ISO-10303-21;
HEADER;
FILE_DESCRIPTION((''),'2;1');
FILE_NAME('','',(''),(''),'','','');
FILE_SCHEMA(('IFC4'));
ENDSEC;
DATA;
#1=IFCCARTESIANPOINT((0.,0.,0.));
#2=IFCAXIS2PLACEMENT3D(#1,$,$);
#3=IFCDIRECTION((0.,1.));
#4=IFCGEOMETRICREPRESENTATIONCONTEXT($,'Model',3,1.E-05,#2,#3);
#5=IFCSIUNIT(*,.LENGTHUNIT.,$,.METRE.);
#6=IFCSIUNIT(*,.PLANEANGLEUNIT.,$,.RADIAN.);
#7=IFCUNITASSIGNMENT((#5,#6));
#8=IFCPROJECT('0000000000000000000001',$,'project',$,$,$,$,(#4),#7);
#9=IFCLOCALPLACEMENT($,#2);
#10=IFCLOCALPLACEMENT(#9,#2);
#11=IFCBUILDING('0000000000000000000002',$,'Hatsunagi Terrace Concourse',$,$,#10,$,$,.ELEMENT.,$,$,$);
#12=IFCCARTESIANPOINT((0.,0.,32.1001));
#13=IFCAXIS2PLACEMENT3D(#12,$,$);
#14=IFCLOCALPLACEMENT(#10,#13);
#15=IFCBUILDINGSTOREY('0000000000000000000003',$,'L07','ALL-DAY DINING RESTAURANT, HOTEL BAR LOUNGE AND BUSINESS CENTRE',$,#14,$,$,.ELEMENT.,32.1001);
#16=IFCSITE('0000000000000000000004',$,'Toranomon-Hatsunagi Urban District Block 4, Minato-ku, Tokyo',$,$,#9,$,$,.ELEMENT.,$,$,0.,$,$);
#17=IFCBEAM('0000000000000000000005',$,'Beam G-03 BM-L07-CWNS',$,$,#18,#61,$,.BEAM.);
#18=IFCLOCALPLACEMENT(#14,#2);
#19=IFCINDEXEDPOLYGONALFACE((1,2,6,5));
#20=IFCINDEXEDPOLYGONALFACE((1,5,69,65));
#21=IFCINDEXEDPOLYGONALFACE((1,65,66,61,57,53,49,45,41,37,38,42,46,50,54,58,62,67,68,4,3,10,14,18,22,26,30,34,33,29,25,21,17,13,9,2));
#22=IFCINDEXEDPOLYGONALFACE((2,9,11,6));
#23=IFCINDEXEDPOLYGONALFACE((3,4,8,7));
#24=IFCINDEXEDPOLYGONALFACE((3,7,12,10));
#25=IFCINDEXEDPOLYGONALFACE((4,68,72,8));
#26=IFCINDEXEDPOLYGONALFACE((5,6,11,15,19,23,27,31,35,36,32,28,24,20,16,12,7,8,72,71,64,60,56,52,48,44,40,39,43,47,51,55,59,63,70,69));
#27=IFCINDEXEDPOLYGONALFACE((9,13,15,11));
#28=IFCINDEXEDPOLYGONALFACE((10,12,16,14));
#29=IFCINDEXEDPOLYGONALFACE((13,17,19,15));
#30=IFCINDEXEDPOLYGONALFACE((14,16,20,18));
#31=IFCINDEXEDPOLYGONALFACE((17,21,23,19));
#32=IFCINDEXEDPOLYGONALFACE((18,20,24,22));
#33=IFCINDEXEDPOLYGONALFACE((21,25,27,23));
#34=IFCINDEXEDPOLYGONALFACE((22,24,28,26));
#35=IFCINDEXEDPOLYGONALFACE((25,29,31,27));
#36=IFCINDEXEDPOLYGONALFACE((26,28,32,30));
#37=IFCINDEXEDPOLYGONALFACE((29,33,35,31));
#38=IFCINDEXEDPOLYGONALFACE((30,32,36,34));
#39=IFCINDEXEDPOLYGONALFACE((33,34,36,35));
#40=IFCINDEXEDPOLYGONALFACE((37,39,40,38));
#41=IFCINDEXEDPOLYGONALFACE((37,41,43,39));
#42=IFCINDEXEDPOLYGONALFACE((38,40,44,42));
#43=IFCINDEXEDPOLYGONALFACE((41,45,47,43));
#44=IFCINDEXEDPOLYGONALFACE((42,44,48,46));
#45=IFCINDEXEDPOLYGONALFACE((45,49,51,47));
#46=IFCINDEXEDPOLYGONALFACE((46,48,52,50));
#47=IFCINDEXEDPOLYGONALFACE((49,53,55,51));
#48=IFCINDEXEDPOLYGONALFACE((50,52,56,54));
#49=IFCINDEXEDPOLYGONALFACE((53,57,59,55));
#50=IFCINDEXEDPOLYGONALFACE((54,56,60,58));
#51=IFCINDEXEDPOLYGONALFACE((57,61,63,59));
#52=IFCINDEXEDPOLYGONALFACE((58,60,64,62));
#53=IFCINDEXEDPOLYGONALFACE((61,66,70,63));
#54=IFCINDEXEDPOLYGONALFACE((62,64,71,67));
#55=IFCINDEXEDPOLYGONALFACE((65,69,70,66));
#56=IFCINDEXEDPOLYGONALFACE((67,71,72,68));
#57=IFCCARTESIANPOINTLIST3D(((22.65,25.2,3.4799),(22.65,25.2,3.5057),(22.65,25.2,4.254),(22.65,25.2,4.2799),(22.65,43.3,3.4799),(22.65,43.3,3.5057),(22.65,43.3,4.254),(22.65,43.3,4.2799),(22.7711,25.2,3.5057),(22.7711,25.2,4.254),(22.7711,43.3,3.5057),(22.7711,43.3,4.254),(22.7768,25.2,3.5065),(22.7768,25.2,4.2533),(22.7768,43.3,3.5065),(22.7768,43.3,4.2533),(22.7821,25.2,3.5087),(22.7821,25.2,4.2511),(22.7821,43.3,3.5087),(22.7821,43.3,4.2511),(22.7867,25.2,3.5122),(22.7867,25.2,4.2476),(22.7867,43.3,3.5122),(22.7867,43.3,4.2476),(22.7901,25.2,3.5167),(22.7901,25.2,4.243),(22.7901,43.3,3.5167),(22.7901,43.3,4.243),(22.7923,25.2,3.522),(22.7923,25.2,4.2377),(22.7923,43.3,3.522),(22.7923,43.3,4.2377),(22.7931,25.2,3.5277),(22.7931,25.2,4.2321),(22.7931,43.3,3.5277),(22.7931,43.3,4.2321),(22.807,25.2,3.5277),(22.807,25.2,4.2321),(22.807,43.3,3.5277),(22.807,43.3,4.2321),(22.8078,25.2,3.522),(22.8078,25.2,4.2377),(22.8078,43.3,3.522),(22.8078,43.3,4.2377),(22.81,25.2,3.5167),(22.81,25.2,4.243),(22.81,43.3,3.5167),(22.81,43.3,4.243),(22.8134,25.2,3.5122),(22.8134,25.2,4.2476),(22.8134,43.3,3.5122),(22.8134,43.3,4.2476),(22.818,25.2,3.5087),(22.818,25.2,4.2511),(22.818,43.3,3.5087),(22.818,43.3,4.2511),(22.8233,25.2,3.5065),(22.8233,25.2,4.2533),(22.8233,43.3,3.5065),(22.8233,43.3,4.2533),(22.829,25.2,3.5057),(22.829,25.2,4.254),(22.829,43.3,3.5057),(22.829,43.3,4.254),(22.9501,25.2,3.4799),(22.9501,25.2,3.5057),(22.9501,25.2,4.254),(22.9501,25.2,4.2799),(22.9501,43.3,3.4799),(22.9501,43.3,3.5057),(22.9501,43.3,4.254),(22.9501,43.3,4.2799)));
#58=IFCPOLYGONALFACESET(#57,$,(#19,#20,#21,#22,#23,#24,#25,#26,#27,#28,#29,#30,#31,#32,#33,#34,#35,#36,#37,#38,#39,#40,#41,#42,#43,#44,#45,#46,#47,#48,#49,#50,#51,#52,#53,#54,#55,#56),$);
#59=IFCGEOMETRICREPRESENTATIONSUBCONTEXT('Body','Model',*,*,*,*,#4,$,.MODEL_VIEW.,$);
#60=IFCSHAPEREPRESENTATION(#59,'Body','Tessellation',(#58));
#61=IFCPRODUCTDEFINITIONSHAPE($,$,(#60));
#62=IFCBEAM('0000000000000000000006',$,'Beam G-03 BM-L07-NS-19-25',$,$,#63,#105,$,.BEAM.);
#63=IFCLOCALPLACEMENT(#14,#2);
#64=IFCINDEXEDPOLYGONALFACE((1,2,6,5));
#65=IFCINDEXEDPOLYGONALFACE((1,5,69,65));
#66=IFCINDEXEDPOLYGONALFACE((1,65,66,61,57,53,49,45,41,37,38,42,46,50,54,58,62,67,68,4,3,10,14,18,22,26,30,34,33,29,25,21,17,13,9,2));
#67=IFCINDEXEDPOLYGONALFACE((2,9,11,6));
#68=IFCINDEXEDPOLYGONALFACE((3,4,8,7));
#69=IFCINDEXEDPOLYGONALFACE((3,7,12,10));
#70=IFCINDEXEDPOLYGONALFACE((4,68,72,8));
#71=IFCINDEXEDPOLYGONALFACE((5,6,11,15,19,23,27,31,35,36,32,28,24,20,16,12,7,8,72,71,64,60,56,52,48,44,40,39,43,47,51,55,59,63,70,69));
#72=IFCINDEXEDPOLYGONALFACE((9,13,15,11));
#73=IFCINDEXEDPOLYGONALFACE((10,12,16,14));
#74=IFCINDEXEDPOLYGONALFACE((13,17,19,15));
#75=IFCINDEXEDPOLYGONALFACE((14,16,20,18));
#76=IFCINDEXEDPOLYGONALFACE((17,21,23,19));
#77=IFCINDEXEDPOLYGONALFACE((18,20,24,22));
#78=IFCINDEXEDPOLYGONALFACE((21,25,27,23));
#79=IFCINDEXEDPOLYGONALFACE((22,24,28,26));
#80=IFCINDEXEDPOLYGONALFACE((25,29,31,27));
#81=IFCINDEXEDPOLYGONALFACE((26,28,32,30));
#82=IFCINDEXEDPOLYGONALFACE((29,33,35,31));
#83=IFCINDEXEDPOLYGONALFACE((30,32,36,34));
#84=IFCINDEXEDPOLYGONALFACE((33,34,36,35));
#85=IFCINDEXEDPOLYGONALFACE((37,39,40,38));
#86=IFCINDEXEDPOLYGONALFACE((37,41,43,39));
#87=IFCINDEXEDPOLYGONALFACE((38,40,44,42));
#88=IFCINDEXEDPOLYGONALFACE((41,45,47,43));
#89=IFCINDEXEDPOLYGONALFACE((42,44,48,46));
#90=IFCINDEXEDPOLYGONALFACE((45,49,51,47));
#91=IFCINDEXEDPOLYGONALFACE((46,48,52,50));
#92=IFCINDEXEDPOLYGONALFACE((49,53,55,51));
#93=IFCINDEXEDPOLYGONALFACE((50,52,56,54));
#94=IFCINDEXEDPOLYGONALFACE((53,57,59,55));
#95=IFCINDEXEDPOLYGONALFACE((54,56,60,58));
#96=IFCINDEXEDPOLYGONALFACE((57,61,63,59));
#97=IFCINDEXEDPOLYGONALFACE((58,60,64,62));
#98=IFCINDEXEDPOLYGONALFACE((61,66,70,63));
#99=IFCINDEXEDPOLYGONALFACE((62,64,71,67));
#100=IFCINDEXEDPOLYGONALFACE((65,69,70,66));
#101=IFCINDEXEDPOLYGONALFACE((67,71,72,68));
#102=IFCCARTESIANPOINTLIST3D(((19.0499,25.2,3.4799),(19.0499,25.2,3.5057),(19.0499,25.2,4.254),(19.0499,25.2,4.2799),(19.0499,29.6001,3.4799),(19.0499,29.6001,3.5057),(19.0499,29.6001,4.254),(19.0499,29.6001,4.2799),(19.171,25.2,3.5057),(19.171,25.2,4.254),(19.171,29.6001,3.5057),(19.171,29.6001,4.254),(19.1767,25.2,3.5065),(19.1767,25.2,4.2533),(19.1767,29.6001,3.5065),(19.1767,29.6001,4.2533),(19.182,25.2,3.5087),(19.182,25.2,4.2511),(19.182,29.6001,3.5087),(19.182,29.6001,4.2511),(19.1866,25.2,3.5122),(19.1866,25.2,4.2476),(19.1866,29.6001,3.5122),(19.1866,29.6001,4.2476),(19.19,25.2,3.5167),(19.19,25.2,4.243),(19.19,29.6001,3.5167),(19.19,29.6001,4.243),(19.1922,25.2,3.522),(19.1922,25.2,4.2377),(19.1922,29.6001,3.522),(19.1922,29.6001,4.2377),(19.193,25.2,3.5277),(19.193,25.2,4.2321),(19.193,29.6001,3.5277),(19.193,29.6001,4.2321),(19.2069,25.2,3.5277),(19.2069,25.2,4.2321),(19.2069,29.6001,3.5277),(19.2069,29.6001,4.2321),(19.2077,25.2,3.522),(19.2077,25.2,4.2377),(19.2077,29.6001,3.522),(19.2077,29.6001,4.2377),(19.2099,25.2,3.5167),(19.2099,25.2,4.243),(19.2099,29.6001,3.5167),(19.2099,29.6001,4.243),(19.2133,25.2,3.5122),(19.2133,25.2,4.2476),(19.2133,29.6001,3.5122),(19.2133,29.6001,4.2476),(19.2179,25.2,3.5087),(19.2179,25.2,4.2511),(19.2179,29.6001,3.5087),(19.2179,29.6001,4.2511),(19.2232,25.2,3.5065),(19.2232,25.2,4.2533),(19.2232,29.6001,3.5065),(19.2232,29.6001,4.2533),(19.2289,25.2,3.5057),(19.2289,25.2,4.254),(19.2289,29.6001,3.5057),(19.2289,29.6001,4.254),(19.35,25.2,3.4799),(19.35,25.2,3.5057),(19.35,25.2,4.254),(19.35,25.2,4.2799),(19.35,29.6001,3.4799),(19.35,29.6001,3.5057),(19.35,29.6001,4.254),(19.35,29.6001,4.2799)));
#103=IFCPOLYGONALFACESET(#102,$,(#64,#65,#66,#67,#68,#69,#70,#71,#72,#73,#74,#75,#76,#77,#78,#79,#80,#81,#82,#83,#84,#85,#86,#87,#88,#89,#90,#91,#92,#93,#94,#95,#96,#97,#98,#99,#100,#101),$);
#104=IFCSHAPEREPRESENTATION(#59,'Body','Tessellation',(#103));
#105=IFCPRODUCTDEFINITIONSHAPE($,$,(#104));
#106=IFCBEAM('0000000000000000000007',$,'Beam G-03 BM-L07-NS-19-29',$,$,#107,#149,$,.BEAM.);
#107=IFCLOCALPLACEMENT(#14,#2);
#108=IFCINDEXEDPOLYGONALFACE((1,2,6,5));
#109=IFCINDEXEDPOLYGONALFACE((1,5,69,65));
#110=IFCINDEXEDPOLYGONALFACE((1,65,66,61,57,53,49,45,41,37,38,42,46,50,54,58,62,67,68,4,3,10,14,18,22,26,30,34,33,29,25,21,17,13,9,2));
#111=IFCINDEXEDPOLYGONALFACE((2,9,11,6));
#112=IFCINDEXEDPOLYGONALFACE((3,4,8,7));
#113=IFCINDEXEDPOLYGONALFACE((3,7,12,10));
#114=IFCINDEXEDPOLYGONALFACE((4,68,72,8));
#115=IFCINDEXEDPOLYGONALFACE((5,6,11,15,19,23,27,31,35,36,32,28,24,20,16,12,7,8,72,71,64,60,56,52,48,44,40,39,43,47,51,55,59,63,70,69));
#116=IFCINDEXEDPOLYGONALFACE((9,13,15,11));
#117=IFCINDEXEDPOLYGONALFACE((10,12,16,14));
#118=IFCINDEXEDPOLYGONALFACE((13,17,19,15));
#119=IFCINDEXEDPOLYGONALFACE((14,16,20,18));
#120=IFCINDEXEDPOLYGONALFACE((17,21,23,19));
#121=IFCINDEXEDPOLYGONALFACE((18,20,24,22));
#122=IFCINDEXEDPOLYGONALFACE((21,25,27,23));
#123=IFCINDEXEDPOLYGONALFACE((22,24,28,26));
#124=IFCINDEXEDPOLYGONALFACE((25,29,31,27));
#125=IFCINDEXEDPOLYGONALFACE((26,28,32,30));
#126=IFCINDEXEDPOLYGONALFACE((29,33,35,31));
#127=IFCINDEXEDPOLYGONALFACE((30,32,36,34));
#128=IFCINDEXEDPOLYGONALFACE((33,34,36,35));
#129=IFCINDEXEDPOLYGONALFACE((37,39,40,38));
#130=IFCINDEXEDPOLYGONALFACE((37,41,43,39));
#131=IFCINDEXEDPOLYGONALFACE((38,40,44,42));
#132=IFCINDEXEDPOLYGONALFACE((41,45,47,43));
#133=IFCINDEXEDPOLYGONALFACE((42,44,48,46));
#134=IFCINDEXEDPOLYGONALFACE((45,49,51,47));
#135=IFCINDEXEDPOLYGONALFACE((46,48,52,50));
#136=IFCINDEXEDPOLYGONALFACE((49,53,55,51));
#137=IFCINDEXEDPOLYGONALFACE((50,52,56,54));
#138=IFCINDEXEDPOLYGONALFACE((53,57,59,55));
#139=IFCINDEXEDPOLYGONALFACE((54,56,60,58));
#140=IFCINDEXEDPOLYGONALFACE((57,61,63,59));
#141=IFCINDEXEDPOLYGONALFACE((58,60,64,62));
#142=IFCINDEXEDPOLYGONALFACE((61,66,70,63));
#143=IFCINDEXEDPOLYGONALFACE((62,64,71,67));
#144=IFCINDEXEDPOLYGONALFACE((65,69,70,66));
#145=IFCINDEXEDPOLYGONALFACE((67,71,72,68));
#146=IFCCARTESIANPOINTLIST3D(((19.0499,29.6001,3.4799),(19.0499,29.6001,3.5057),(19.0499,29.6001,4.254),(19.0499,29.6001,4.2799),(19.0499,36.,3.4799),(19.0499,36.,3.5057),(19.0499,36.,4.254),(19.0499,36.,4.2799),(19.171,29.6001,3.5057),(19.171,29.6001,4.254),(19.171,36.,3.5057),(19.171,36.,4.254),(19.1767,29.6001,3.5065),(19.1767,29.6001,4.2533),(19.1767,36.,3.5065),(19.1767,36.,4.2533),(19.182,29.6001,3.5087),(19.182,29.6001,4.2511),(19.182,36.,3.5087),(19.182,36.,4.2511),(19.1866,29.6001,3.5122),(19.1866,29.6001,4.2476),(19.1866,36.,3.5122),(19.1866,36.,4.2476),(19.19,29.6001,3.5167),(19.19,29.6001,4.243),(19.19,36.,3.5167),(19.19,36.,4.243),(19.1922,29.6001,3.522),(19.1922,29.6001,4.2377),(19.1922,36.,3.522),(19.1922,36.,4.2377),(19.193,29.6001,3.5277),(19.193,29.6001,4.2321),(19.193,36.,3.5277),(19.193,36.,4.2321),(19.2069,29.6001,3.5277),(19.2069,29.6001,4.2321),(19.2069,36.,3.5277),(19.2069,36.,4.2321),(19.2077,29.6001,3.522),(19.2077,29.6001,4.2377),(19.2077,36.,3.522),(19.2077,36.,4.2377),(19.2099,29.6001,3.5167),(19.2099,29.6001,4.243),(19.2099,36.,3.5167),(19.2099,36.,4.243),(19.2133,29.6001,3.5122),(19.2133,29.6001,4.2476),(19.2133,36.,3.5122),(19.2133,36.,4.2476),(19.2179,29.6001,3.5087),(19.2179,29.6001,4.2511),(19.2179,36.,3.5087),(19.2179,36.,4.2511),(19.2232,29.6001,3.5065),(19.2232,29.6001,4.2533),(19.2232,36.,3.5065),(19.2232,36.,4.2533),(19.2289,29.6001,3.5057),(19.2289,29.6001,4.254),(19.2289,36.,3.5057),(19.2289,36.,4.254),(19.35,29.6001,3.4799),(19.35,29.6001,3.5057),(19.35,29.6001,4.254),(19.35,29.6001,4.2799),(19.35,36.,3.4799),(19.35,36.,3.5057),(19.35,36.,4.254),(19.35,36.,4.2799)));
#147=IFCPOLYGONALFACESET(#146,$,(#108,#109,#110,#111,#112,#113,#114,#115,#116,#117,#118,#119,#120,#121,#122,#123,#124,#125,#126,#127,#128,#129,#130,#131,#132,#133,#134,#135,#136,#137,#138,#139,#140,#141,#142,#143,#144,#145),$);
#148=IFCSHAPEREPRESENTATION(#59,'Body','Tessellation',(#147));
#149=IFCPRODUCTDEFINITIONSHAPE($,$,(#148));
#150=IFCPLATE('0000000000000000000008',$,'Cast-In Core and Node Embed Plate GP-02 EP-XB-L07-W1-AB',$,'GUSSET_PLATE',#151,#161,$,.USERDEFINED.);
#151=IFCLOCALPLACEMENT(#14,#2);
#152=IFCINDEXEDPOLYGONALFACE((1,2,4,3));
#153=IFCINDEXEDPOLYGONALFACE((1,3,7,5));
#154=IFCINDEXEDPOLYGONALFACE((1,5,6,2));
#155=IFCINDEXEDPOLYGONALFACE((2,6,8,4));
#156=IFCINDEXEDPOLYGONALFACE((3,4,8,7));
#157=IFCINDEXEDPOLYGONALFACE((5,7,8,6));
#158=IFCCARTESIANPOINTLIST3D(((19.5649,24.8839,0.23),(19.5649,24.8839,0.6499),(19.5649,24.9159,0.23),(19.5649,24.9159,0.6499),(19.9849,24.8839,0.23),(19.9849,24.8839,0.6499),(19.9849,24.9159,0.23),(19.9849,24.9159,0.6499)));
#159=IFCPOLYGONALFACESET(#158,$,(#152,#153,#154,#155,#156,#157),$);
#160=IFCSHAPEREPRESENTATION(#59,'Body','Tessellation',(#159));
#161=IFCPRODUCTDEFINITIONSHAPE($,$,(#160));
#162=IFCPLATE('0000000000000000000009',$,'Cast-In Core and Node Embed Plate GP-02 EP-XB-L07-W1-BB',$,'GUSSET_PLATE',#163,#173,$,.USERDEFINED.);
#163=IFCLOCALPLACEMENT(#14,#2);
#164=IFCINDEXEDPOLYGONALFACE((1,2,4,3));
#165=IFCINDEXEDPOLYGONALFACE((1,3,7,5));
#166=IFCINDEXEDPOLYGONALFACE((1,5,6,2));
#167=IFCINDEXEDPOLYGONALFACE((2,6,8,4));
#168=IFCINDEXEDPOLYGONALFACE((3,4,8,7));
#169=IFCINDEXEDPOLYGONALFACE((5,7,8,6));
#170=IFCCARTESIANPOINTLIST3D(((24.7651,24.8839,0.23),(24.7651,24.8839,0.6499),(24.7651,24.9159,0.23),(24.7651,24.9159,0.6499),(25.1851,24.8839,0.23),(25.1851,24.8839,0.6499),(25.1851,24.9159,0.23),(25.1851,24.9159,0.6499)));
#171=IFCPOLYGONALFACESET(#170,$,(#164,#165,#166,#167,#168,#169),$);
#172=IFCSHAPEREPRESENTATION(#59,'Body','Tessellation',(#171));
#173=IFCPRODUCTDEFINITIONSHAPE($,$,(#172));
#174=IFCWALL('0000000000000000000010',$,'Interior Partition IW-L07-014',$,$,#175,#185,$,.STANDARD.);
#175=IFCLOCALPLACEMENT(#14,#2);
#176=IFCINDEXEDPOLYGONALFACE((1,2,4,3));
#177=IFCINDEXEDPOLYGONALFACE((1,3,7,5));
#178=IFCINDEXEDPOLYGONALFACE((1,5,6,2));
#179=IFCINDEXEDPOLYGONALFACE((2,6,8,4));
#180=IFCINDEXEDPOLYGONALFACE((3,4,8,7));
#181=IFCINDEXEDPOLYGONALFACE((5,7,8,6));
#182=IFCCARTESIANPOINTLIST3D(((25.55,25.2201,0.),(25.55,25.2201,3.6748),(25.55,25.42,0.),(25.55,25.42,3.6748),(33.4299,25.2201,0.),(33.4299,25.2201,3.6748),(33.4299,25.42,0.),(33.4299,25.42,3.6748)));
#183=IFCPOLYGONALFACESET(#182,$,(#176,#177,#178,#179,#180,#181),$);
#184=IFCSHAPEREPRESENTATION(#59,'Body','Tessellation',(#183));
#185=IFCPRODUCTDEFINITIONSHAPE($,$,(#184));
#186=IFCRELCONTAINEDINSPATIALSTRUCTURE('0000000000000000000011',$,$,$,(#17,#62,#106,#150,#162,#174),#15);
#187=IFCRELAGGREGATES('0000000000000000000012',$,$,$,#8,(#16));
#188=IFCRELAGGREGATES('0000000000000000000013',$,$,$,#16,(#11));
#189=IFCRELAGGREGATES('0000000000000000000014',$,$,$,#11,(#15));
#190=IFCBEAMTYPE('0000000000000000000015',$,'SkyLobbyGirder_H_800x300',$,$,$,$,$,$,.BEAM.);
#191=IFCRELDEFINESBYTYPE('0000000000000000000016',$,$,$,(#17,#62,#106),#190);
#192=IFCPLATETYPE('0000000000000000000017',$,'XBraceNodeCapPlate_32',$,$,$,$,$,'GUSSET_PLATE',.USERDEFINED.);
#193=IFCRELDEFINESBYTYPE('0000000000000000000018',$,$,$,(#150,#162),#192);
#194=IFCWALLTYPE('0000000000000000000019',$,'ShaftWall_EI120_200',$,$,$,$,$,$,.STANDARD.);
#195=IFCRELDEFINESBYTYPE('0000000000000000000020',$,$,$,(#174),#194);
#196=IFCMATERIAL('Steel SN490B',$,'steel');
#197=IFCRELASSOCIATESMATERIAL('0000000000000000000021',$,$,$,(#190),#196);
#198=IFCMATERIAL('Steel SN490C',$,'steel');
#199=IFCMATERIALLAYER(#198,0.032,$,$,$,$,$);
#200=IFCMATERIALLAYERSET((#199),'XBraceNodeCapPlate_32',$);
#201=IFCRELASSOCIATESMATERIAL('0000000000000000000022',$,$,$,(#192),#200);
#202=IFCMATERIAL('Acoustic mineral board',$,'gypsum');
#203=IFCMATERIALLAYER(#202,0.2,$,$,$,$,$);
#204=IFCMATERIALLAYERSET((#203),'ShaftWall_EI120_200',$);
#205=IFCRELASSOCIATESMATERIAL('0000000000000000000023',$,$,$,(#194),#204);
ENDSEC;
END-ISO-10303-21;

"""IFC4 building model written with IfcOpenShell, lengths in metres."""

from ifc_helpers import new_model, si_unit, direction, frame, frame_2d, origin, origin_2d, place, context, subcontext, project, spatial, rectangle, i_section, extrude, material, layer, layer_set, material_profile, profile_set, type_object, element, save


model = new_model("IFC4")

# Units and contexts
model_context = context("Model", 3, precision=1e-05, world=origin(), true_north=direction((0.0, 1.0)))
body_context = subcontext(model_context, "Body", "Model", "MODEL_VIEW")
ifc_project = project(units=[si_unit("LENGTHUNIT", "METRE"), si_unit("PLANEANGLEUNIT", "RADIAN")], contexts=[model_context])

# Site, building, storey
site_placement = place(None, origin())
site = spatial("IfcSite", under=ifc_project, at=site_placement, Name="Toranomon-Hatsunagi Urban District Block 4, Minato-ku, Tokyo", CompositionType="ELEMENT", RefElevation=0.0)
building_placement = place(site_placement, origin())
building = spatial("IfcBuilding", under=site, at=building_placement, Name="Hatsunagi Terrace Concourse", CompositionType="ELEMENT")
storey_placement = place(building_placement, frame((0.0, 0.0, 32.1001)))
storey = spatial("IfcBuildingStorey", under=building, at=storey_placement, Name="L07", Description="ALL-DAY DINING RESTAURANT, HOTEL BAR LOUNGE AND BUSINESS CENTRE", CompositionType="ELEMENT", Elevation=32.1001)

# Beams
ifc_material_1 = material(Name="Steel SN490B", Category="steel")
ifc_material_profile_1 = material_profile(ifc_material_1, i_section(OverallWidth=0.3, OverallDepth=0.8, WebThickness=0.0139, FlangeThickness=0.0259, FilletRadius=0.022, at=origin_2d()), Name="H-800x300x14x26")
ifc_profile_set_1 = profile_set([ifc_material_profile_1], Name="Steel SN490B")
beam_type_1 = type_object("IfcBeamType", Name="SkyLobbyGirder_H_800x300", PredefinedType="BEAM", material=ifc_profile_set_1)
beam_1_placement = place(storey_placement, frame((22.8, 25.2, 3.8799), z_axis=(0.0, 1.0, 0.0), x_axis=(-1.0, 0.0, 0.0)))
element("IfcBeam", 1, at=beam_1_placement, inside=storey, type_object=beam_type_1, Name="Beam G-03 BM-L07-CWNS", PredefinedType="BEAM", context=body_context, shape_type="SweptSolid", body=[
    extrude(i_section(OverallWidth=0.3, OverallDepth=0.8, WebThickness=0.0139, FlangeThickness=0.0259, FilletRadius=0.022, at=origin_2d()), origin(), (0.0, 0.0, 1.0), 18.1001),
])
beam_2_placement = place(storey_placement, frame((19.2, 25.2, 3.8799), z_axis=(0.0, 1.0, 0.0), x_axis=(-1.0, 0.0, 0.0)))
element("IfcBeam", 2, at=beam_2_placement, inside=storey, type_object=beam_type_1, Name="Beam G-03 BM-L07-NS-19-25", PredefinedType="BEAM", context=body_context, shape_type="SweptSolid", body=[
    extrude(i_section(OverallWidth=0.3, OverallDepth=0.8, WebThickness=0.0139, FlangeThickness=0.0259, FilletRadius=0.022, at=origin_2d()), origin(), (0.0, 0.0, 1.0), 4.4001),
])
beam_3_placement = place(storey_placement, frame((19.2, 29.6001, 3.8799), z_axis=(0.0, 1.0, 0.0), x_axis=(-1.0, 0.0, 0.0)))
element("IfcBeam", 3, at=beam_3_placement, inside=storey, type_object=beam_type_1, Name="Beam G-03 BM-L07-NS-19-29", PredefinedType="BEAM", context=body_context, shape_type="SweptSolid", body=[
    extrude(i_section(OverallWidth=0.3, OverallDepth=0.8, WebThickness=0.0139, FlangeThickness=0.0259, FilletRadius=0.022, at=origin_2d()), origin(), (0.0, 0.0, 1.0), 6.3999),
])

# Plates
ifc_material_2 = material(Name="Steel SN490C", Category="steel")
ifc_layer_1 = layer(ifc_material_2, 0.032)
ifc_layer_set_1 = layer_set([ifc_layer_1], Name="XBraceNodeCapPlate_32")
plate_type = type_object("IfcPlateType", Name="XBraceNodeCapPlate_32", ElementType="GUSSET_PLATE", PredefinedType="USERDEFINED", material=ifc_layer_set_1)
for number, where, z_axis, x_axis, name in (
    (4, (19.7749, 24.8999, 0.23), (0.0, 0.0, 1.0), (1.0, 0.0, 0.0), "Cast-In Core and Node Embed Plate GP-02 EP-XB-L07-W1-AB"),
    (5, (24.9751, 24.8999, 0.23), (0.0, 0.0, 1.0), (1.0, 0.0, 0.0), "Cast-In Core and Node Embed Plate GP-02 EP-XB-L07-W1-BB"),
):
    element("IfcPlate", number, at=place(storey_placement, frame(where, z_axis=z_axis, x_axis=x_axis)), inside=storey, type_object=plate_type, Name=name, ObjectType="GUSSET_PLATE", PredefinedType="USERDEFINED", context=body_context, shape_type="SweptSolid", body=[
        extrude(rectangle(XDim=0.4199, YDim=0.032, at=origin_2d()), origin(), (0.0, 0.0, 1.0), 0.4199),
    ])

# Wall
ifc_material_3 = material(Name="Acoustic mineral board", Category="gypsum")
ifc_layer_2 = layer(ifc_material_3, 0.2)
ifc_layer_set_2 = layer_set([ifc_layer_2], Name="ShaftWall_EI120_200")
wall_type = type_object("IfcWallType", Name="ShaftWall_EI120_200", PredefinedType="STANDARD", material=ifc_layer_set_2)
wall_1_placement = place(storey_placement, frame((25.55, 25.3201, 0.0), z_axis=(0.0, 0.0, 1.0), x_axis=(1.0, 0.0, 0.0)))
element("IfcWall", 6, at=wall_1_placement, inside=storey, type_object=wall_type, Name="Interior Partition IW-L07-014", PredefinedType="STANDARD", context=body_context, shape_type="SweptSolid", body=[
    extrude(rectangle(XDim=7.8799, YDim=0.2, at=frame_2d((3.9399, 0.0))), origin(), (0.0, 0.0, 1.0), 3.6748),
])

save(model, "model.ifc")
